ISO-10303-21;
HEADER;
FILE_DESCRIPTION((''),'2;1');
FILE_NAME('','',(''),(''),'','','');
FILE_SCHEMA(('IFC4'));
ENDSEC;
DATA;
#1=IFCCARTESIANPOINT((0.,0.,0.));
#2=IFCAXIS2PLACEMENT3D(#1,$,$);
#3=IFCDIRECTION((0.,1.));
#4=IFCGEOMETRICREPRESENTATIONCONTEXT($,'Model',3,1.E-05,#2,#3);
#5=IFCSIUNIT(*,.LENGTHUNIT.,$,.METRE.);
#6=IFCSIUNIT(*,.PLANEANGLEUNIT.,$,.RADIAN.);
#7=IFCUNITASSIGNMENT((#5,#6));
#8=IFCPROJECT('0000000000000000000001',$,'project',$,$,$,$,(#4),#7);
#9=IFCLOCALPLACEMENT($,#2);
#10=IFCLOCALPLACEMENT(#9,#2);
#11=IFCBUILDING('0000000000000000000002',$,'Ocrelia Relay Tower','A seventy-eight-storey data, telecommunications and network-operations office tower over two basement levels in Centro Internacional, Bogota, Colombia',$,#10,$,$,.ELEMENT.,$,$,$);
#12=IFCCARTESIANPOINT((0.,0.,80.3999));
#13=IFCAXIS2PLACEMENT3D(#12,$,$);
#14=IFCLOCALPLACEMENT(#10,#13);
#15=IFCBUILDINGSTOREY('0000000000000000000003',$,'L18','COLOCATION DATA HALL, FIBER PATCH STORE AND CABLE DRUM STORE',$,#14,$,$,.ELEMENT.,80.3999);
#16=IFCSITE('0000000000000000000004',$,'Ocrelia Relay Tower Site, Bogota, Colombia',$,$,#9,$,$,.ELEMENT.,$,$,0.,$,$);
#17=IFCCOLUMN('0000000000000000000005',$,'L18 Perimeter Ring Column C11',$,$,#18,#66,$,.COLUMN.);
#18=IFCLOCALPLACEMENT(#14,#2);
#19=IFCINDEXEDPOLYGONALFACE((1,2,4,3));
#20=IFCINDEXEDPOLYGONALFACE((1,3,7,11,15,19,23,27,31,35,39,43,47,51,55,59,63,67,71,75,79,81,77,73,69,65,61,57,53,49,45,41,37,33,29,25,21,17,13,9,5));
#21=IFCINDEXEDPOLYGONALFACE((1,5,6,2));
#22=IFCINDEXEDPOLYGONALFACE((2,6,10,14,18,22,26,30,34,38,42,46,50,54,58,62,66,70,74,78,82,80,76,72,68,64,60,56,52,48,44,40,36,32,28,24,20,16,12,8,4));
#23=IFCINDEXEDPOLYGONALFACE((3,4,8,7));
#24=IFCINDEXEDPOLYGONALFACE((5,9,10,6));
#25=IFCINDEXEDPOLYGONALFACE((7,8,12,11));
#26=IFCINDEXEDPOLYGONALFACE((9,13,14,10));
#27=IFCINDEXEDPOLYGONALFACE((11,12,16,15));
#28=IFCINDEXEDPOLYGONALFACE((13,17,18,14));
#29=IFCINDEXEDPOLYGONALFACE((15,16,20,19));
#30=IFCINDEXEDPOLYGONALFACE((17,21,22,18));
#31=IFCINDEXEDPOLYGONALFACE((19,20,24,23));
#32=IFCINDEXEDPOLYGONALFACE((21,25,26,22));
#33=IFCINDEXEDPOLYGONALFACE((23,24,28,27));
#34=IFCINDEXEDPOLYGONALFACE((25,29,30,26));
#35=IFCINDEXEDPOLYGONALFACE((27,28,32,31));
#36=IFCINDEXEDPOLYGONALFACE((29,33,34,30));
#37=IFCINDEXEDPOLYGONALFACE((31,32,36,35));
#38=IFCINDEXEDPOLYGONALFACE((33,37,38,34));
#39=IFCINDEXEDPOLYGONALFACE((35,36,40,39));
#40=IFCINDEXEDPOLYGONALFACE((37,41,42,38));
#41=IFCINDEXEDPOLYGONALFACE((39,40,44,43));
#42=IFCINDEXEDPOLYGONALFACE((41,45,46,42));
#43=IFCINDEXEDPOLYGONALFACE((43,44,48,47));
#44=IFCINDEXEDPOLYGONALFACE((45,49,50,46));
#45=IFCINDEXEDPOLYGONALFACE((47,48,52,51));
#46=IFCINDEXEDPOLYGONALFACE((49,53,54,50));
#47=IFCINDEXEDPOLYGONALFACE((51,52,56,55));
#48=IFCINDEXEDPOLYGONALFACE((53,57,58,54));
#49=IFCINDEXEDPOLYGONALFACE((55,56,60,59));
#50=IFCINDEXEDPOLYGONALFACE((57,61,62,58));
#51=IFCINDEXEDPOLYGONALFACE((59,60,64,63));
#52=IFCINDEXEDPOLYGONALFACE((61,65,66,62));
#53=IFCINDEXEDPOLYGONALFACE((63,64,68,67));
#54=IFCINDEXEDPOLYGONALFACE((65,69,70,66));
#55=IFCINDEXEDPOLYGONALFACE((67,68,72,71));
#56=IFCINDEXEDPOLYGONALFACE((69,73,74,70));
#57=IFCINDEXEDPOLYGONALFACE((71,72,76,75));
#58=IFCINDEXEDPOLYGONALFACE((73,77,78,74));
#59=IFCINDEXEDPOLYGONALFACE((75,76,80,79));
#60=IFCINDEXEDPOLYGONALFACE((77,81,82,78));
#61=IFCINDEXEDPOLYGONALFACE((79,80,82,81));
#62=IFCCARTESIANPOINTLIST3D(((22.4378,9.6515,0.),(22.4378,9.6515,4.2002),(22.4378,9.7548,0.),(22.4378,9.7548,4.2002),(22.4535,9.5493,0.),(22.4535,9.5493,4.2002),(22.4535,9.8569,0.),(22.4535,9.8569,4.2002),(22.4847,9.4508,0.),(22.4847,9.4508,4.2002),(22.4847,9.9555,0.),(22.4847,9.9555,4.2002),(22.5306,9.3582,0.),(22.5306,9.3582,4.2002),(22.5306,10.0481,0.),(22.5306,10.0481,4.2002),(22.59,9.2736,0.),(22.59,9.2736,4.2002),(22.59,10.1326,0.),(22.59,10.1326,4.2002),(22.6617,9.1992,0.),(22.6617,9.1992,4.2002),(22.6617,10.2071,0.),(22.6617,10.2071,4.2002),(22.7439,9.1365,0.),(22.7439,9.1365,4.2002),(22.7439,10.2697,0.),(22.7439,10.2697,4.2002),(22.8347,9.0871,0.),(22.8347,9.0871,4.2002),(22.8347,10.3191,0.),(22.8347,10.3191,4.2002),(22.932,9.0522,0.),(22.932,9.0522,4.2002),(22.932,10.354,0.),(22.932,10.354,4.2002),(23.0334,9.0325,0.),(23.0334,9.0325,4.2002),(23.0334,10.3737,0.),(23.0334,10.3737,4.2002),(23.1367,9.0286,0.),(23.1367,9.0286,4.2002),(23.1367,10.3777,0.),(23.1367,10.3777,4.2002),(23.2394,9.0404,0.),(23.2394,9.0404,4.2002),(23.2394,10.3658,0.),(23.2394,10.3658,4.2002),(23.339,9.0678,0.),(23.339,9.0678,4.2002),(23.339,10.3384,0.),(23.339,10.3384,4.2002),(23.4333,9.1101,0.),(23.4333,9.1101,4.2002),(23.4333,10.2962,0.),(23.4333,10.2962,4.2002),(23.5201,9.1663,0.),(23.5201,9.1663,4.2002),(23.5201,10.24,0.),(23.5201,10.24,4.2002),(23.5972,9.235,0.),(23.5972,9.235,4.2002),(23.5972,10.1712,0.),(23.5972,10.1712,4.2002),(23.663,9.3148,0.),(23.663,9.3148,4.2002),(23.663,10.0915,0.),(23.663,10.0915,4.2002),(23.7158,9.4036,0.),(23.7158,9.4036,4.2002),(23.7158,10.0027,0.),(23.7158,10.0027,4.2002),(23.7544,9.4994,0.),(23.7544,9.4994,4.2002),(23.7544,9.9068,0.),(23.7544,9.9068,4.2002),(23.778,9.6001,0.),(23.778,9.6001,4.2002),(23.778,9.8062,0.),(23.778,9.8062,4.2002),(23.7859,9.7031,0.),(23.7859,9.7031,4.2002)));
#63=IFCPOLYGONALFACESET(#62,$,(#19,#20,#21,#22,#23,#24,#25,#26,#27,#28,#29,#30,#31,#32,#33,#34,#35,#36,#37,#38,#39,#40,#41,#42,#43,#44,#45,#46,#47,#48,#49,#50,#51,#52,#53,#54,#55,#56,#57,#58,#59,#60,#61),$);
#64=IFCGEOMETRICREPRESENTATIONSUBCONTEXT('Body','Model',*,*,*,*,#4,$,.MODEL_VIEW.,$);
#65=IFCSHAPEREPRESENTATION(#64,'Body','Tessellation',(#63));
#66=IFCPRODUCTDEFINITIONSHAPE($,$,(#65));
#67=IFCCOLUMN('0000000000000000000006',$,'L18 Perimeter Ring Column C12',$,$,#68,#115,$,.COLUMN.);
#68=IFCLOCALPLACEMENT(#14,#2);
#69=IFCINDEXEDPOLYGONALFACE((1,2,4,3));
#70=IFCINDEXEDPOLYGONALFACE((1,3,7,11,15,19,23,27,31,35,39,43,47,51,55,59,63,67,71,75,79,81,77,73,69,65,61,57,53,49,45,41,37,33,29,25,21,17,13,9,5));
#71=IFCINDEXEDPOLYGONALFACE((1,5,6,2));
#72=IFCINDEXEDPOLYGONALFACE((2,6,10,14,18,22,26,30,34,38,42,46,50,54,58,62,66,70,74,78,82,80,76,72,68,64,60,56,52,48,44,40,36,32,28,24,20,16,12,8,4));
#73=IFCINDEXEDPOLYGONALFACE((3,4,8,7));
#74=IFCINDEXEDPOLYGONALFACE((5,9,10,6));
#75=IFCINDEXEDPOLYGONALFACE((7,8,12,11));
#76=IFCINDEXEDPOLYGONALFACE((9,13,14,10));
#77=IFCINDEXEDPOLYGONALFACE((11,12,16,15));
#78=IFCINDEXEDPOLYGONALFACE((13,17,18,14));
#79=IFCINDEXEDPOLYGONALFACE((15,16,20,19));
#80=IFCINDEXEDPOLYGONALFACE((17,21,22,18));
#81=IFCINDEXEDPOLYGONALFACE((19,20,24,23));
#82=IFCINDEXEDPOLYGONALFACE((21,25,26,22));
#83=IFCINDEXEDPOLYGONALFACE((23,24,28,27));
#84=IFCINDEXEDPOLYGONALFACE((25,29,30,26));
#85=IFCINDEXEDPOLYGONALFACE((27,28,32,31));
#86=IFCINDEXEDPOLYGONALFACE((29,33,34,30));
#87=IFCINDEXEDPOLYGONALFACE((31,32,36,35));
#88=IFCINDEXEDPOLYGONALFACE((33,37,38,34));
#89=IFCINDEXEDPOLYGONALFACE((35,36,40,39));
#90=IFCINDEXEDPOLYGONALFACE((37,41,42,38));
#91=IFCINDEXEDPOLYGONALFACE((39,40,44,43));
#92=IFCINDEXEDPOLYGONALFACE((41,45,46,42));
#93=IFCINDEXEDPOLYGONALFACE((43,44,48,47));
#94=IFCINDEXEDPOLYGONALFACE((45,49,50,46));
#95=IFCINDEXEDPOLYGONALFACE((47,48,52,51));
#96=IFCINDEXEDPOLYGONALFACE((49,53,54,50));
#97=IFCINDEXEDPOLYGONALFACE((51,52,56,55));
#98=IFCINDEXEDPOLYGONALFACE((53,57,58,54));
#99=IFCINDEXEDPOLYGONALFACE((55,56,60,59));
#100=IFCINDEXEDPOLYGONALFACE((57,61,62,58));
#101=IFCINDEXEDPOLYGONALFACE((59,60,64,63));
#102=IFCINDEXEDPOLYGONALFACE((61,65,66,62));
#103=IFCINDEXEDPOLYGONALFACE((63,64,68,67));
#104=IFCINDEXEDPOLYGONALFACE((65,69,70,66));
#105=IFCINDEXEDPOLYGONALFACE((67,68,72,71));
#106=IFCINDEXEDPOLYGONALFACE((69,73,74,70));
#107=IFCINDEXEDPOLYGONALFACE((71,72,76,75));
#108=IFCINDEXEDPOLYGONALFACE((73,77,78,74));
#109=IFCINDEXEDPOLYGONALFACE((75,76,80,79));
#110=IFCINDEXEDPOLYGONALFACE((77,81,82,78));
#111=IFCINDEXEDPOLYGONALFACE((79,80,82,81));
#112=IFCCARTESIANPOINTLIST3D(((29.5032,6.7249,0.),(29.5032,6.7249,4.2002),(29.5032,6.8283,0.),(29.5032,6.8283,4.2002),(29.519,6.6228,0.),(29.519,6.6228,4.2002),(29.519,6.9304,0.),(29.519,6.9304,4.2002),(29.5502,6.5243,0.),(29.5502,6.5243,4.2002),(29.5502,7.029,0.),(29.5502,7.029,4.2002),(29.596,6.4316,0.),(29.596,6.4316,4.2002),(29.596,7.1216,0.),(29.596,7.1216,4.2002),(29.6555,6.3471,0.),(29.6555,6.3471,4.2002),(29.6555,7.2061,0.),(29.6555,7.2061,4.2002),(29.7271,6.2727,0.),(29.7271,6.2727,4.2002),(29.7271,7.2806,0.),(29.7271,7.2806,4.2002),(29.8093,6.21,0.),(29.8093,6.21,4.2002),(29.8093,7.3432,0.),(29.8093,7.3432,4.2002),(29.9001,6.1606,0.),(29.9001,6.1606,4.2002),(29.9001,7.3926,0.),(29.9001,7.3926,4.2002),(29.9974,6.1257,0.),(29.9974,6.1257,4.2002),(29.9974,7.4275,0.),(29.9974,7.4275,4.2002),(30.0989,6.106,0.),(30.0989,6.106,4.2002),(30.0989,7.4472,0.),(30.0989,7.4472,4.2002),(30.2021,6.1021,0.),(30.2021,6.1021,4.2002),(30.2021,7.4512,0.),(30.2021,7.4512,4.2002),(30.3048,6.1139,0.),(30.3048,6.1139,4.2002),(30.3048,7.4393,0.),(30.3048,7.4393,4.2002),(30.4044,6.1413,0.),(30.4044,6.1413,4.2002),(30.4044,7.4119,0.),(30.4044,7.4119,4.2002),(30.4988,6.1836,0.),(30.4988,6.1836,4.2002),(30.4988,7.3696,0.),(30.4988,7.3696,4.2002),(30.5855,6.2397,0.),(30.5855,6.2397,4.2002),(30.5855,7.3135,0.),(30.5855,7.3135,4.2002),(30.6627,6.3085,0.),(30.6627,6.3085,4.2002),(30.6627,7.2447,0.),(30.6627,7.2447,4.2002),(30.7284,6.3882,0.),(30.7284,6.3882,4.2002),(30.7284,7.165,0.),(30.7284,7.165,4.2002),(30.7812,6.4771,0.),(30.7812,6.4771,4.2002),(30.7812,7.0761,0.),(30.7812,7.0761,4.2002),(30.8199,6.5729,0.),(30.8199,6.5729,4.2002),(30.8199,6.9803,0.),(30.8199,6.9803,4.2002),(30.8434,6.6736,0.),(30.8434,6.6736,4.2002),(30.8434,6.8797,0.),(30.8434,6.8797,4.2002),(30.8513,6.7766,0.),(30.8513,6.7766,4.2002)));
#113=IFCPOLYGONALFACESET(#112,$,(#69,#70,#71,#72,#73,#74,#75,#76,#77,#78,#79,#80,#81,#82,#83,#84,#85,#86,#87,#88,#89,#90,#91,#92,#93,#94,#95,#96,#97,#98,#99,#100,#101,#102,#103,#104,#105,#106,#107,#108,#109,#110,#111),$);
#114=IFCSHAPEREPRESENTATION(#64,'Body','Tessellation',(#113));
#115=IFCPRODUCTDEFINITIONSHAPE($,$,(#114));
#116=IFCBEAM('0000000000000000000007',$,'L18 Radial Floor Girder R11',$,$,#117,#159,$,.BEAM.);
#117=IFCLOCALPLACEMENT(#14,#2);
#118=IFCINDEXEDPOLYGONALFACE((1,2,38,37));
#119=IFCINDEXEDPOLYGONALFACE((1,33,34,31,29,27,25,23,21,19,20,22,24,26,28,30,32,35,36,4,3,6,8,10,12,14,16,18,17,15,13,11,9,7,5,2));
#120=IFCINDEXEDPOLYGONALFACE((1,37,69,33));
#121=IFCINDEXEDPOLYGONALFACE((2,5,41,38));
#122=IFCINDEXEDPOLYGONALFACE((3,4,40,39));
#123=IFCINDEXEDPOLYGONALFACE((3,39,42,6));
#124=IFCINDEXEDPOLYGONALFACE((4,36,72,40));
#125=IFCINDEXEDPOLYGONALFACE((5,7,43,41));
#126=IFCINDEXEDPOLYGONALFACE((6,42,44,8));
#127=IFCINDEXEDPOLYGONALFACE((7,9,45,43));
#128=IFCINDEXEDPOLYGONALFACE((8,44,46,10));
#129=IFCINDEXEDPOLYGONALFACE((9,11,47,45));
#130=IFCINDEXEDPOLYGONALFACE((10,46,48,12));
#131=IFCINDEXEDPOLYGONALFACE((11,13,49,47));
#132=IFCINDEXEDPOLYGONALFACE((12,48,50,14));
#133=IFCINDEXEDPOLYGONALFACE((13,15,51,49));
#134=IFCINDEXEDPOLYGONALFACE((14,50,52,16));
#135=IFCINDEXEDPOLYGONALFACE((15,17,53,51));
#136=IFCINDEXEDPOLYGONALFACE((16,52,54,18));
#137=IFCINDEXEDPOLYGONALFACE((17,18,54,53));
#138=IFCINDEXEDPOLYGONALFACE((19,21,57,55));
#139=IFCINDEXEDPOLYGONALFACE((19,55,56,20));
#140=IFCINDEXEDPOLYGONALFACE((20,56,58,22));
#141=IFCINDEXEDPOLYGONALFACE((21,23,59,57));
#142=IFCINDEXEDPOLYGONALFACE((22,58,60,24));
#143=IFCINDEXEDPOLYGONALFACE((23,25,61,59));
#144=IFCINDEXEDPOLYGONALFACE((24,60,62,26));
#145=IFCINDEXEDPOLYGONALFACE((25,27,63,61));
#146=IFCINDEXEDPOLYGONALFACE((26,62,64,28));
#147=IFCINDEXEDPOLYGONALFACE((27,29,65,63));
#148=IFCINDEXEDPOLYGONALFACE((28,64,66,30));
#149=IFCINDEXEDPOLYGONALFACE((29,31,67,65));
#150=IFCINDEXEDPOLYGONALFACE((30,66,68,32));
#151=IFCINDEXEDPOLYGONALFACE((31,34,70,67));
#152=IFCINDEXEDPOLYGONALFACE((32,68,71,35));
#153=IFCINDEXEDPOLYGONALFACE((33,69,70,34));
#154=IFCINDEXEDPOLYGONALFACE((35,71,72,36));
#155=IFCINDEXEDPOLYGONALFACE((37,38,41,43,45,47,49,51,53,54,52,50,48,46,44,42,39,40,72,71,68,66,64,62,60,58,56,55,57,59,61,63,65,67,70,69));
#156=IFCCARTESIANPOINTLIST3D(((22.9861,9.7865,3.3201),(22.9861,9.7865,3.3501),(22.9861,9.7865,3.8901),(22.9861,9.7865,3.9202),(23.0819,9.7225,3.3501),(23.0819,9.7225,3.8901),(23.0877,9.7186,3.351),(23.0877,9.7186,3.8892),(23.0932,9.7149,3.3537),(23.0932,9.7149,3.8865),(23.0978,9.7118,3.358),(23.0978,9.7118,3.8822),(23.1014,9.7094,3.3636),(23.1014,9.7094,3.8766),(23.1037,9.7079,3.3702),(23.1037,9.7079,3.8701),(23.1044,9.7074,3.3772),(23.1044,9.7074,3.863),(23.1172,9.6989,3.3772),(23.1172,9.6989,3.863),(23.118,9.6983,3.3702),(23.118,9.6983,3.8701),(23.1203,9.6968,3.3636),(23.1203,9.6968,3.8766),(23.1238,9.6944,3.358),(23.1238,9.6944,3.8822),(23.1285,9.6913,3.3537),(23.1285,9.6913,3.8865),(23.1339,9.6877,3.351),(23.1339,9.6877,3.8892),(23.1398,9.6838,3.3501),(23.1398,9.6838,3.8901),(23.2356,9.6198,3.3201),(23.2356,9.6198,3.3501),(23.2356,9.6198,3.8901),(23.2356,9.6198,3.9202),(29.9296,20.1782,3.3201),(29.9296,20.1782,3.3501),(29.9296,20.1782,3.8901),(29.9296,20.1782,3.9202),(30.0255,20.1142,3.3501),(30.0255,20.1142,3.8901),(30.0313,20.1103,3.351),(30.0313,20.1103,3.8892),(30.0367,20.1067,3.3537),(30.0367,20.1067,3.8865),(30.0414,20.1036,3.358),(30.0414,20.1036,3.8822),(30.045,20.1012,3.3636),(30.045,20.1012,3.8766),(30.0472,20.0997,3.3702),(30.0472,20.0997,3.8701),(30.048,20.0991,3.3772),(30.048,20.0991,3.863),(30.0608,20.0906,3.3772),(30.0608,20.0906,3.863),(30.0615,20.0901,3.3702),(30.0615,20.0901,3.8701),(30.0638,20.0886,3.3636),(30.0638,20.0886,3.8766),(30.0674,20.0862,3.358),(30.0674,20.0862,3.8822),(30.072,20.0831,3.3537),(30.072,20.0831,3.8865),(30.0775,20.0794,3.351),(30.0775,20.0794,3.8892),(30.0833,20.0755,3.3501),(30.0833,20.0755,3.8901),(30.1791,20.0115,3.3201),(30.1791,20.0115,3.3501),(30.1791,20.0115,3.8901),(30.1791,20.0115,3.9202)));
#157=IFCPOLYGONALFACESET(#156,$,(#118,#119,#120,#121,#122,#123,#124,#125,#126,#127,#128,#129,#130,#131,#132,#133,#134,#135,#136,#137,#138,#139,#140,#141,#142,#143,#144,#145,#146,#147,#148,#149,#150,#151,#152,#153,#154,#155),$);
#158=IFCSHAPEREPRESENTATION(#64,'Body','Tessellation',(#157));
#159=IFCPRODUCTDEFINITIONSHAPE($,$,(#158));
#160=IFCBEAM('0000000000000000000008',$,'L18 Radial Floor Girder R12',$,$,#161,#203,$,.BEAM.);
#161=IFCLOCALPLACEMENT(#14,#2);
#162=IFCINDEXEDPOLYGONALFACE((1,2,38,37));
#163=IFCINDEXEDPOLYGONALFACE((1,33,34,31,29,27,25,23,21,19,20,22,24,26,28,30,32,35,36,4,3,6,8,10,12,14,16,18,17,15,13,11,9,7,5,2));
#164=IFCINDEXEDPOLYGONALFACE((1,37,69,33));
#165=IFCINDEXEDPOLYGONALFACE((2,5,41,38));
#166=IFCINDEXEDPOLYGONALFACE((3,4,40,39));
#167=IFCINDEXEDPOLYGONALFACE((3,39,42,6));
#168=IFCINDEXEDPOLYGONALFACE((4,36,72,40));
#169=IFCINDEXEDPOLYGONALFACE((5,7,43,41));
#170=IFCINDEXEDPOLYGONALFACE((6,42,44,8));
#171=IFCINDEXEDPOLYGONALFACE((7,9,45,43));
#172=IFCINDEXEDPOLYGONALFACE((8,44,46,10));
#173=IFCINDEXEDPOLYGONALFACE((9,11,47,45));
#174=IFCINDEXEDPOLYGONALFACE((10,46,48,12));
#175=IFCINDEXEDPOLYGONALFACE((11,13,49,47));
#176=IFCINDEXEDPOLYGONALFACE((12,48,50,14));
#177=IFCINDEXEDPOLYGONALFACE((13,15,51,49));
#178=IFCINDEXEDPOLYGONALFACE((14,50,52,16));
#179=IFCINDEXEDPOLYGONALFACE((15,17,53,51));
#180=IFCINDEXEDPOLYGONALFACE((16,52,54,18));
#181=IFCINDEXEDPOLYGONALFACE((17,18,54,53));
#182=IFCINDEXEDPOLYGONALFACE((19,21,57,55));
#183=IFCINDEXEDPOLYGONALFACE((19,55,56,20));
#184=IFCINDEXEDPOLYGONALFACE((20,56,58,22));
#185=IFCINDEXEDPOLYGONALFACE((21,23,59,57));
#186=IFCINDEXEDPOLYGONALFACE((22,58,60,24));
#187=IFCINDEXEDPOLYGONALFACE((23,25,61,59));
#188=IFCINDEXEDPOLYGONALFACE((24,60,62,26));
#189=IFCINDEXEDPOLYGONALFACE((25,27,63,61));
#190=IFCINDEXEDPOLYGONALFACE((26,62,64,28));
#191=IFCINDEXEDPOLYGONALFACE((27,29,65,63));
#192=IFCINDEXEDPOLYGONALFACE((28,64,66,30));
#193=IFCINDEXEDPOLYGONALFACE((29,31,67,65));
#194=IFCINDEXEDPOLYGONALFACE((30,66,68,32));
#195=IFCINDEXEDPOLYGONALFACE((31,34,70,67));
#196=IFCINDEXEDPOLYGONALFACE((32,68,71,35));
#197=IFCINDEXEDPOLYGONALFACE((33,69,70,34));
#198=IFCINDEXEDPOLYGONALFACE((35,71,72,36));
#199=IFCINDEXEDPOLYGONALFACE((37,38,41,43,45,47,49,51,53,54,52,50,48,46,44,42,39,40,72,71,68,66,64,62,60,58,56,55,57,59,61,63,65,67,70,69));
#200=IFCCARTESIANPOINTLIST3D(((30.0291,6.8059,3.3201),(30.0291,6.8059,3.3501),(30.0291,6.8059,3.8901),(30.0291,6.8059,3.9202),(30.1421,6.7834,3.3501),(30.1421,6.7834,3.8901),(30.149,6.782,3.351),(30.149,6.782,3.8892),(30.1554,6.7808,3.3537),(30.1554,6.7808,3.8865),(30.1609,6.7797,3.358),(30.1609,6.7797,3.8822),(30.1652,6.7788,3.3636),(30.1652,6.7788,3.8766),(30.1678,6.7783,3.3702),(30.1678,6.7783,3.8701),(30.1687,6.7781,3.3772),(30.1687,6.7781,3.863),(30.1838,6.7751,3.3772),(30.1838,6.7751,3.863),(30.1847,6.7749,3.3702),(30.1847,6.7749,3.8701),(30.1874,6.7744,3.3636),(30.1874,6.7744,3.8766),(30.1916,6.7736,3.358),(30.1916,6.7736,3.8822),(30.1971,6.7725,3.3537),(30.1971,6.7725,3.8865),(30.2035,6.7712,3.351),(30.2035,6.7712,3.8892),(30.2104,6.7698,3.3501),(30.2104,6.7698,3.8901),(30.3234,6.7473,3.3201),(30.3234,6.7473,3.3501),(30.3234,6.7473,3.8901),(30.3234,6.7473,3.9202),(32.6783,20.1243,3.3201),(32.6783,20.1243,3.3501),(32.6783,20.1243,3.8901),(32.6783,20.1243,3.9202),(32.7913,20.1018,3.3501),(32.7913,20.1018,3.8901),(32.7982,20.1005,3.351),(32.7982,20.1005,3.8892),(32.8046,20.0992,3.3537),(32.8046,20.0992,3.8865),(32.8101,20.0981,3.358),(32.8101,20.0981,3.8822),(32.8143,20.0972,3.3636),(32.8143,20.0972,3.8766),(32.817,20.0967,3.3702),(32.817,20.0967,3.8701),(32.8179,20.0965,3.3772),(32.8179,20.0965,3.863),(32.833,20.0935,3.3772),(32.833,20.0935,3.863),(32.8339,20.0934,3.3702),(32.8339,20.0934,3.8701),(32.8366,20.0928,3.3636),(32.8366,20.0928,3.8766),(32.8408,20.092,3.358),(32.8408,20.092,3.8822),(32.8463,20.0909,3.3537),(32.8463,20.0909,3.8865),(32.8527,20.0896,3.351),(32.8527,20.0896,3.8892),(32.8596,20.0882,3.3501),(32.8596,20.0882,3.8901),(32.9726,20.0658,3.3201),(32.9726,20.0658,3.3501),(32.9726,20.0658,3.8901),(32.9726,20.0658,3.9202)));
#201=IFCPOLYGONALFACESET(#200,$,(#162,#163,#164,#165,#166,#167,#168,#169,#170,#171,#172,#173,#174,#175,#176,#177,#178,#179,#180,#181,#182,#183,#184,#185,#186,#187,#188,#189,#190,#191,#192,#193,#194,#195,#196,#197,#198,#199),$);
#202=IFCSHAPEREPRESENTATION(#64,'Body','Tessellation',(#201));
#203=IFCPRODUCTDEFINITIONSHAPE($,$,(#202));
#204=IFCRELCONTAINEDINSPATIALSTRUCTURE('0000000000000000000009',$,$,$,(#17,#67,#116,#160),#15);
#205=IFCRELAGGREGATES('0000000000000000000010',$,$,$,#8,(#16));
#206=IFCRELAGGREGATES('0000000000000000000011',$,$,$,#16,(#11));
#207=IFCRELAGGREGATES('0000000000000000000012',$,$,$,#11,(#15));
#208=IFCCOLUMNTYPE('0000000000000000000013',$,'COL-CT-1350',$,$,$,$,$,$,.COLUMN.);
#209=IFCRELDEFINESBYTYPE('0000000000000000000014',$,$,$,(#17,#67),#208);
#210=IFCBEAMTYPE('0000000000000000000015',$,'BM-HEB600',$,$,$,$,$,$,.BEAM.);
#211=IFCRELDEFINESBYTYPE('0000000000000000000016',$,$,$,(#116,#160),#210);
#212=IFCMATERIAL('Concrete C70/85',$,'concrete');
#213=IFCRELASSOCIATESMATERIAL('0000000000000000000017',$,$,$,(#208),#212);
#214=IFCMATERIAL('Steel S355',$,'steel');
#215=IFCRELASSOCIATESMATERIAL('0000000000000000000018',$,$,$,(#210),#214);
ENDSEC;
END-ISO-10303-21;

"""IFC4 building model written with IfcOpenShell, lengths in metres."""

from ifc_helpers import new_model, si_unit, direction, frame, origin, origin_2d, place, context, subcontext, project, spatial, circle, i_section, extrude, material, material_profile, profile_set, type_object, element, save


model = new_model("IFC4")

# Units and contexts
model_context = context("Model", 3, precision=1e-05, world=origin(), true_north=direction((0.0, 1.0)))
body_context = subcontext(model_context, "Body", "Model", "MODEL_VIEW")
ifc_project = project(units=[si_unit("LENGTHUNIT", "METRE"), si_unit("PLANEANGLEUNIT", "RADIAN")], contexts=[model_context])

# Site, building, storey
site_placement = place(None, origin())
site = spatial("IfcSite", under=ifc_project, at=site_placement, Name="Ocrelia Relay Tower Site, Bogota, Colombia", CompositionType="ELEMENT", RefElevation=0.0)
building_placement = place(site_placement, origin())
building = spatial("IfcBuilding", under=site, at=building_placement, Name="Ocrelia Relay Tower", Description="A seventy-eight-storey data, telecommunications and network-operations office tower over two basement levels in Centro Internacional, Bogota, Colombia", CompositionType="ELEMENT")
storey_placement = place(building_placement, frame((0.0, 0.0, 80.3999)))
storey = spatial("IfcBuildingStorey", under=building, at=storey_placement, Name="L18", Description="COLOCATION DATA HALL, FIBER PATCH STORE AND CABLE DRUM STORE", CompositionType="ELEMENT", Elevation=80.3999)

# Columns
ifc_material_1 = material(Name="Concrete C70/85", Category="concrete")
ifc_material_profile_1 = material_profile(ifc_material_1, circle(Radius=0.675, at=origin_2d()), Name="RC-CIR-1350")
ifc_profile_set_1 = profile_set([ifc_material_profile_1], Name="Concrete C70/85")
column_type = type_object("IfcColumnType", Name="COL-CT-1350", PredefinedType="COLUMN", material=ifc_profile_set_1)
for number, where, z_axis, x_axis, name in (
    (1, (23.1108, 9.7031, 0.0), (0.0, 0.0, 1.0), (1.0, 0.0, 0.0), "L18 Perimeter Ring Column C11"),
    (2, (30.1763, 6.7766, 0.0), (0.0, 0.0, 1.0), (1.0, 0.0, 0.0), "L18 Perimeter Ring Column C12"),
):
    element("IfcColumn", number, at=place(storey_placement, frame(where, z_axis=z_axis, x_axis=x_axis)), inside=storey, type_object=column_type, Name=name, PredefinedType="COLUMN", context=body_context, shape_type="SweptSolid", body=[
        extrude(circle(Radius=0.675, at=origin_2d()), origin(), (0.0, 0.0, 1.0), 4.2002),
    ])

# Beams
ifc_material_2 = material(Name="Steel S355", Category="steel")
ifc_material_profile_2 = material_profile(ifc_material_2, i_section(OverallWidth=0.3, OverallDepth=0.6001, WebThickness=0.0154, FlangeThickness=0.03, FilletRadius=0.0271, at=origin_2d()), Name="HEB 600")
ifc_profile_set_2 = profile_set([ifc_material_profile_2], Name="Steel S355")
beam_type_1 = type_object("IfcBeamType", Name="BM-HEB600", PredefinedType="BEAM", material=ifc_profile_set_2)
beam_1_placement = place(storey_placement, frame((23.1108, 9.7031, 3.6201), z_axis=(0.55557, 0.83147, 0.0), x_axis=(-0.83147, 0.55557, 0.0)))
element("IfcBeam", 3, at=beam_1_placement, inside=storey, type_object=beam_type_1, Name="L18 Radial Floor Girder R11", PredefinedType="BEAM", context=body_context, shape_type="SweptSolid", body=[
    extrude(i_section(OverallWidth=0.3, OverallDepth=0.6001, WebThickness=0.0154, FlangeThickness=0.03, FilletRadius=0.0271, at=origin_2d()), origin(), (0.0, 0.0, 1.0), 12.498),
])
beam_2_placement = place(storey_placement, frame((30.1763, 6.7766, 3.6201), z_axis=(0.195089, 0.980786, 0.0), x_axis=(-0.980786, 0.195089, 0.0)))
element("IfcBeam", 4, at=beam_2_placement, inside=storey, type_object=beam_type_1, Name="L18 Radial Floor Girder R12", PredefinedType="BEAM", context=body_context, shape_type="SweptSolid", body=[
    extrude(i_section(OverallWidth=0.3, OverallDepth=0.6001, WebThickness=0.0154, FlangeThickness=0.03, FilletRadius=0.0271, at=origin_2d()), origin(), (0.0, 0.0, 1.0), 13.5793),
])

save(model, "model.ifc")
